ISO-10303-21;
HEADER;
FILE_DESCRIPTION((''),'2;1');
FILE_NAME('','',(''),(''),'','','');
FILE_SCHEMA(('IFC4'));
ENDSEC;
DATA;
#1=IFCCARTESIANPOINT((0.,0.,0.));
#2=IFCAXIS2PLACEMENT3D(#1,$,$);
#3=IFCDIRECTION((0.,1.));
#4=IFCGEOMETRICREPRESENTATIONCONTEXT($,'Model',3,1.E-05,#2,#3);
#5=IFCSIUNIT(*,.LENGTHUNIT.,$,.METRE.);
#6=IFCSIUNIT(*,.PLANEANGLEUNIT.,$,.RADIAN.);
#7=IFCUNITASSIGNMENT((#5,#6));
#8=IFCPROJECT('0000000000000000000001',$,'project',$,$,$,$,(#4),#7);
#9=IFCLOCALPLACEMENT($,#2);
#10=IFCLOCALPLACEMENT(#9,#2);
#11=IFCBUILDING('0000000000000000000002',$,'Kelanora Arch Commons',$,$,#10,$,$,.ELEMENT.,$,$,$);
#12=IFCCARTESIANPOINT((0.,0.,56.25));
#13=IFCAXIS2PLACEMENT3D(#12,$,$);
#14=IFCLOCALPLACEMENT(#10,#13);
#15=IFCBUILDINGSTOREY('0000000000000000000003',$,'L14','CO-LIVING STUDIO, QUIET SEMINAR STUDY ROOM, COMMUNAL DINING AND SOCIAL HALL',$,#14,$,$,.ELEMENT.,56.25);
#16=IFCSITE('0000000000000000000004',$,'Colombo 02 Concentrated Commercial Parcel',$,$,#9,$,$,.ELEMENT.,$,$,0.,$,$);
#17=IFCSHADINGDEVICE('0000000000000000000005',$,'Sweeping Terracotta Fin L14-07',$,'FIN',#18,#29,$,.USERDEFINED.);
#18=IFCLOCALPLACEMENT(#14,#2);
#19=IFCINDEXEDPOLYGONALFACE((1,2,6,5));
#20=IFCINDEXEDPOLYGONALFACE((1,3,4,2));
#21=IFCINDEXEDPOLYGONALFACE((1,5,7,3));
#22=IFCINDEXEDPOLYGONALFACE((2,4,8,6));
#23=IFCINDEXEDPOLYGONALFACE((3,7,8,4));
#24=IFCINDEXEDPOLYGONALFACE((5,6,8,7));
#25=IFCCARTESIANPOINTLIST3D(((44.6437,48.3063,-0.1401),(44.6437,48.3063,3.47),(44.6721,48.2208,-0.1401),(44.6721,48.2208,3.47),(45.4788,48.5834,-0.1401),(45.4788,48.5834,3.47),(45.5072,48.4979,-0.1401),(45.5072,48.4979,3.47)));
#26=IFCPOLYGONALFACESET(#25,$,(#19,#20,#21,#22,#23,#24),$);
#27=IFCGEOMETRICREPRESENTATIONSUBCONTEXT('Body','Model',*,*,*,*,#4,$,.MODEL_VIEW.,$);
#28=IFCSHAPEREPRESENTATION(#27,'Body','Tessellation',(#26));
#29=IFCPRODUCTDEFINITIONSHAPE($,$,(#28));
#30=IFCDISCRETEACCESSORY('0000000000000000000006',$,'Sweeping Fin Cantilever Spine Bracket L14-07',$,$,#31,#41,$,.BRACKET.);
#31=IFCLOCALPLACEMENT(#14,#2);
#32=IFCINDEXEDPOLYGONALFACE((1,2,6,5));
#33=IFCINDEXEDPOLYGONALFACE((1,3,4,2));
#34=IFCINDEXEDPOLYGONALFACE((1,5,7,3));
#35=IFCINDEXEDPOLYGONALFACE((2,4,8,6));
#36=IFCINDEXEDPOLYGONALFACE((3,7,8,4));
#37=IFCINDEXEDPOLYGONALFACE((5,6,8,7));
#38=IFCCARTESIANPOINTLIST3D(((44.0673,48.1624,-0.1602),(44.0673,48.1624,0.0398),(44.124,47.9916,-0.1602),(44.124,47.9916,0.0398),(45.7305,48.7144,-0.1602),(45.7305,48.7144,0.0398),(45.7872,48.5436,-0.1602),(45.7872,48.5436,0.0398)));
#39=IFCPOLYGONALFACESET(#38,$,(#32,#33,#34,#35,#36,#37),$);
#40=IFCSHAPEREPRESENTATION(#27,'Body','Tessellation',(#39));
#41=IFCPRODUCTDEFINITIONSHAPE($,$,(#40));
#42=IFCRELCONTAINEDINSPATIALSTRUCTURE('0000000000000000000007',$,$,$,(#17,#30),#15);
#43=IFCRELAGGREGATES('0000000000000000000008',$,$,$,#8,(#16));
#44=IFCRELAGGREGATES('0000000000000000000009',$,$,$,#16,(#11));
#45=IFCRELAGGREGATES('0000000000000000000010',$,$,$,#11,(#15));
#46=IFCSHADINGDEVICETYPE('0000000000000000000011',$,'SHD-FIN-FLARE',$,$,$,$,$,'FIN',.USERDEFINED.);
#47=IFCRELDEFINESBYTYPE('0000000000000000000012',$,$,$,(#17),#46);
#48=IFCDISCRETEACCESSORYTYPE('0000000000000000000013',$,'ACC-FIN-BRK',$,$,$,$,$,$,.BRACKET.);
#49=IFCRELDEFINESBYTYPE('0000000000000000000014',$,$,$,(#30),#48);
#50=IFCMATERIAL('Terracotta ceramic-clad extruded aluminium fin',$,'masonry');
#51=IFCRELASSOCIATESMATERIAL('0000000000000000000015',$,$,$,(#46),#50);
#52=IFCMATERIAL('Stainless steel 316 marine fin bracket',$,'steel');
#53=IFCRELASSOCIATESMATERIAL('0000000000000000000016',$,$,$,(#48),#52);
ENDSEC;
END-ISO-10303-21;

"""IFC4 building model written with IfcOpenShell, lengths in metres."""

from ifc_helpers import new_model, si_unit, direction, frame, origin, origin_2d, place, context, subcontext, project, spatial, rectangle, extrude, source, transform, mapped, material, type_object, element, save


model = new_model("IFC4")

# Units and contexts
model_context = context("Model", 3, precision=1e-05, world=origin(), true_north=direction((0.0, 1.0)))
body_context = subcontext(model_context, "Body", "Model", "MODEL_VIEW")
ifc_project = project(units=[si_unit("LENGTHUNIT", "METRE"), si_unit("PLANEANGLEUNIT", "RADIAN")], contexts=[model_context])

# Site, building, storey
site_placement = place(None, origin())
site = spatial("IfcSite", under=ifc_project, at=site_placement, Name="Colombo 02 Concentrated Commercial Parcel", CompositionType="ELEMENT", RefElevation=0.0)
building_placement = place(site_placement, origin())
building = spatial("IfcBuilding", under=site, at=building_placement, Name="Kelanora Arch Commons", CompositionType="ELEMENT")
storey_placement = place(building_placement, frame((0.0, 0.0, 56.25)))
storey = spatial("IfcBuildingStorey", under=building, at=storey_placement, Name="L14", Description="CO-LIVING STUDIO, QUIET SEMINAR STUDY ROOM, COMMUNAL DINING AND SOCIAL HALL", CompositionType="ELEMENT", Elevation=56.25)

# Shading device
ifc_material_1 = material(Name="Terracotta ceramic-clad extruded aluminium fin", Category="masonry")
shading_device_type = type_object("IfcShadingDeviceType", Name="SHD-FIN-FLARE", ElementType="FIN", PredefinedType="USERDEFINED", material=ifc_material_1)
shared_shape_1 = source(origin(), body_context, "Body", "SweptSolid", [
    extrude(rectangle(XDim=0.8799, YDim=0.0901, at=origin_2d()), origin(), (0.0, 0.0, 1.0), 3.6101),
])
shading_device_placement = place(storey_placement, frame((45.0754, 48.4021, -0.1401), z_axis=(0.0, 0.0, 1.0), x_axis=(-0.949096, -0.314987, 0.0)))
element("IfcShadingDevice", 1, at=shading_device_placement, inside=storey, type_object=shading_device_type, Name="Sweeping Terracotta Fin L14-07", ObjectType="FIN", PredefinedType="USERDEFINED", context=body_context, shape_type="MappedRepresentation", body=[
    mapped(shared_shape_1, transform((0.0, 0.0, 0.0), scale=1.0)),
])

# Discrete accessory
ifc_material_2 = material(Name="Stainless steel 316 marine fin bracket", Category="steel")
discrete_accessory_type = type_object("IfcDiscreteAccessoryType", Name="ACC-FIN-BRK", PredefinedType="BRACKET", material=ifc_material_2)
shared_shape_2 = source(origin(), body_context, "Body", "SweptSolid", [
    extrude(rectangle(XDim=1.7524, YDim=0.1799, at=origin_2d()), origin(), (0.0, 0.0, 1.0), 0.2),
])
discrete_accessory_placement = place(storey_placement, frame((44.9272, 48.353, -0.1602), z_axis=(0.0, 0.0, 1.0), x_axis=(-0.949096, -0.314987, 0.0)))
element("IfcDiscreteAccessory", 2, at=discrete_accessory_placement, inside=storey, type_object=discrete_accessory_type, Name="Sweeping Fin Cantilever Spine Bracket L14-07", PredefinedType="BRACKET", context=body_context, shape_type="MappedRepresentation", body=[
    mapped(shared_shape_2, transform((0.0, 0.0, 0.0), scale=1.0)),
])

save(model, "model.ifc")
